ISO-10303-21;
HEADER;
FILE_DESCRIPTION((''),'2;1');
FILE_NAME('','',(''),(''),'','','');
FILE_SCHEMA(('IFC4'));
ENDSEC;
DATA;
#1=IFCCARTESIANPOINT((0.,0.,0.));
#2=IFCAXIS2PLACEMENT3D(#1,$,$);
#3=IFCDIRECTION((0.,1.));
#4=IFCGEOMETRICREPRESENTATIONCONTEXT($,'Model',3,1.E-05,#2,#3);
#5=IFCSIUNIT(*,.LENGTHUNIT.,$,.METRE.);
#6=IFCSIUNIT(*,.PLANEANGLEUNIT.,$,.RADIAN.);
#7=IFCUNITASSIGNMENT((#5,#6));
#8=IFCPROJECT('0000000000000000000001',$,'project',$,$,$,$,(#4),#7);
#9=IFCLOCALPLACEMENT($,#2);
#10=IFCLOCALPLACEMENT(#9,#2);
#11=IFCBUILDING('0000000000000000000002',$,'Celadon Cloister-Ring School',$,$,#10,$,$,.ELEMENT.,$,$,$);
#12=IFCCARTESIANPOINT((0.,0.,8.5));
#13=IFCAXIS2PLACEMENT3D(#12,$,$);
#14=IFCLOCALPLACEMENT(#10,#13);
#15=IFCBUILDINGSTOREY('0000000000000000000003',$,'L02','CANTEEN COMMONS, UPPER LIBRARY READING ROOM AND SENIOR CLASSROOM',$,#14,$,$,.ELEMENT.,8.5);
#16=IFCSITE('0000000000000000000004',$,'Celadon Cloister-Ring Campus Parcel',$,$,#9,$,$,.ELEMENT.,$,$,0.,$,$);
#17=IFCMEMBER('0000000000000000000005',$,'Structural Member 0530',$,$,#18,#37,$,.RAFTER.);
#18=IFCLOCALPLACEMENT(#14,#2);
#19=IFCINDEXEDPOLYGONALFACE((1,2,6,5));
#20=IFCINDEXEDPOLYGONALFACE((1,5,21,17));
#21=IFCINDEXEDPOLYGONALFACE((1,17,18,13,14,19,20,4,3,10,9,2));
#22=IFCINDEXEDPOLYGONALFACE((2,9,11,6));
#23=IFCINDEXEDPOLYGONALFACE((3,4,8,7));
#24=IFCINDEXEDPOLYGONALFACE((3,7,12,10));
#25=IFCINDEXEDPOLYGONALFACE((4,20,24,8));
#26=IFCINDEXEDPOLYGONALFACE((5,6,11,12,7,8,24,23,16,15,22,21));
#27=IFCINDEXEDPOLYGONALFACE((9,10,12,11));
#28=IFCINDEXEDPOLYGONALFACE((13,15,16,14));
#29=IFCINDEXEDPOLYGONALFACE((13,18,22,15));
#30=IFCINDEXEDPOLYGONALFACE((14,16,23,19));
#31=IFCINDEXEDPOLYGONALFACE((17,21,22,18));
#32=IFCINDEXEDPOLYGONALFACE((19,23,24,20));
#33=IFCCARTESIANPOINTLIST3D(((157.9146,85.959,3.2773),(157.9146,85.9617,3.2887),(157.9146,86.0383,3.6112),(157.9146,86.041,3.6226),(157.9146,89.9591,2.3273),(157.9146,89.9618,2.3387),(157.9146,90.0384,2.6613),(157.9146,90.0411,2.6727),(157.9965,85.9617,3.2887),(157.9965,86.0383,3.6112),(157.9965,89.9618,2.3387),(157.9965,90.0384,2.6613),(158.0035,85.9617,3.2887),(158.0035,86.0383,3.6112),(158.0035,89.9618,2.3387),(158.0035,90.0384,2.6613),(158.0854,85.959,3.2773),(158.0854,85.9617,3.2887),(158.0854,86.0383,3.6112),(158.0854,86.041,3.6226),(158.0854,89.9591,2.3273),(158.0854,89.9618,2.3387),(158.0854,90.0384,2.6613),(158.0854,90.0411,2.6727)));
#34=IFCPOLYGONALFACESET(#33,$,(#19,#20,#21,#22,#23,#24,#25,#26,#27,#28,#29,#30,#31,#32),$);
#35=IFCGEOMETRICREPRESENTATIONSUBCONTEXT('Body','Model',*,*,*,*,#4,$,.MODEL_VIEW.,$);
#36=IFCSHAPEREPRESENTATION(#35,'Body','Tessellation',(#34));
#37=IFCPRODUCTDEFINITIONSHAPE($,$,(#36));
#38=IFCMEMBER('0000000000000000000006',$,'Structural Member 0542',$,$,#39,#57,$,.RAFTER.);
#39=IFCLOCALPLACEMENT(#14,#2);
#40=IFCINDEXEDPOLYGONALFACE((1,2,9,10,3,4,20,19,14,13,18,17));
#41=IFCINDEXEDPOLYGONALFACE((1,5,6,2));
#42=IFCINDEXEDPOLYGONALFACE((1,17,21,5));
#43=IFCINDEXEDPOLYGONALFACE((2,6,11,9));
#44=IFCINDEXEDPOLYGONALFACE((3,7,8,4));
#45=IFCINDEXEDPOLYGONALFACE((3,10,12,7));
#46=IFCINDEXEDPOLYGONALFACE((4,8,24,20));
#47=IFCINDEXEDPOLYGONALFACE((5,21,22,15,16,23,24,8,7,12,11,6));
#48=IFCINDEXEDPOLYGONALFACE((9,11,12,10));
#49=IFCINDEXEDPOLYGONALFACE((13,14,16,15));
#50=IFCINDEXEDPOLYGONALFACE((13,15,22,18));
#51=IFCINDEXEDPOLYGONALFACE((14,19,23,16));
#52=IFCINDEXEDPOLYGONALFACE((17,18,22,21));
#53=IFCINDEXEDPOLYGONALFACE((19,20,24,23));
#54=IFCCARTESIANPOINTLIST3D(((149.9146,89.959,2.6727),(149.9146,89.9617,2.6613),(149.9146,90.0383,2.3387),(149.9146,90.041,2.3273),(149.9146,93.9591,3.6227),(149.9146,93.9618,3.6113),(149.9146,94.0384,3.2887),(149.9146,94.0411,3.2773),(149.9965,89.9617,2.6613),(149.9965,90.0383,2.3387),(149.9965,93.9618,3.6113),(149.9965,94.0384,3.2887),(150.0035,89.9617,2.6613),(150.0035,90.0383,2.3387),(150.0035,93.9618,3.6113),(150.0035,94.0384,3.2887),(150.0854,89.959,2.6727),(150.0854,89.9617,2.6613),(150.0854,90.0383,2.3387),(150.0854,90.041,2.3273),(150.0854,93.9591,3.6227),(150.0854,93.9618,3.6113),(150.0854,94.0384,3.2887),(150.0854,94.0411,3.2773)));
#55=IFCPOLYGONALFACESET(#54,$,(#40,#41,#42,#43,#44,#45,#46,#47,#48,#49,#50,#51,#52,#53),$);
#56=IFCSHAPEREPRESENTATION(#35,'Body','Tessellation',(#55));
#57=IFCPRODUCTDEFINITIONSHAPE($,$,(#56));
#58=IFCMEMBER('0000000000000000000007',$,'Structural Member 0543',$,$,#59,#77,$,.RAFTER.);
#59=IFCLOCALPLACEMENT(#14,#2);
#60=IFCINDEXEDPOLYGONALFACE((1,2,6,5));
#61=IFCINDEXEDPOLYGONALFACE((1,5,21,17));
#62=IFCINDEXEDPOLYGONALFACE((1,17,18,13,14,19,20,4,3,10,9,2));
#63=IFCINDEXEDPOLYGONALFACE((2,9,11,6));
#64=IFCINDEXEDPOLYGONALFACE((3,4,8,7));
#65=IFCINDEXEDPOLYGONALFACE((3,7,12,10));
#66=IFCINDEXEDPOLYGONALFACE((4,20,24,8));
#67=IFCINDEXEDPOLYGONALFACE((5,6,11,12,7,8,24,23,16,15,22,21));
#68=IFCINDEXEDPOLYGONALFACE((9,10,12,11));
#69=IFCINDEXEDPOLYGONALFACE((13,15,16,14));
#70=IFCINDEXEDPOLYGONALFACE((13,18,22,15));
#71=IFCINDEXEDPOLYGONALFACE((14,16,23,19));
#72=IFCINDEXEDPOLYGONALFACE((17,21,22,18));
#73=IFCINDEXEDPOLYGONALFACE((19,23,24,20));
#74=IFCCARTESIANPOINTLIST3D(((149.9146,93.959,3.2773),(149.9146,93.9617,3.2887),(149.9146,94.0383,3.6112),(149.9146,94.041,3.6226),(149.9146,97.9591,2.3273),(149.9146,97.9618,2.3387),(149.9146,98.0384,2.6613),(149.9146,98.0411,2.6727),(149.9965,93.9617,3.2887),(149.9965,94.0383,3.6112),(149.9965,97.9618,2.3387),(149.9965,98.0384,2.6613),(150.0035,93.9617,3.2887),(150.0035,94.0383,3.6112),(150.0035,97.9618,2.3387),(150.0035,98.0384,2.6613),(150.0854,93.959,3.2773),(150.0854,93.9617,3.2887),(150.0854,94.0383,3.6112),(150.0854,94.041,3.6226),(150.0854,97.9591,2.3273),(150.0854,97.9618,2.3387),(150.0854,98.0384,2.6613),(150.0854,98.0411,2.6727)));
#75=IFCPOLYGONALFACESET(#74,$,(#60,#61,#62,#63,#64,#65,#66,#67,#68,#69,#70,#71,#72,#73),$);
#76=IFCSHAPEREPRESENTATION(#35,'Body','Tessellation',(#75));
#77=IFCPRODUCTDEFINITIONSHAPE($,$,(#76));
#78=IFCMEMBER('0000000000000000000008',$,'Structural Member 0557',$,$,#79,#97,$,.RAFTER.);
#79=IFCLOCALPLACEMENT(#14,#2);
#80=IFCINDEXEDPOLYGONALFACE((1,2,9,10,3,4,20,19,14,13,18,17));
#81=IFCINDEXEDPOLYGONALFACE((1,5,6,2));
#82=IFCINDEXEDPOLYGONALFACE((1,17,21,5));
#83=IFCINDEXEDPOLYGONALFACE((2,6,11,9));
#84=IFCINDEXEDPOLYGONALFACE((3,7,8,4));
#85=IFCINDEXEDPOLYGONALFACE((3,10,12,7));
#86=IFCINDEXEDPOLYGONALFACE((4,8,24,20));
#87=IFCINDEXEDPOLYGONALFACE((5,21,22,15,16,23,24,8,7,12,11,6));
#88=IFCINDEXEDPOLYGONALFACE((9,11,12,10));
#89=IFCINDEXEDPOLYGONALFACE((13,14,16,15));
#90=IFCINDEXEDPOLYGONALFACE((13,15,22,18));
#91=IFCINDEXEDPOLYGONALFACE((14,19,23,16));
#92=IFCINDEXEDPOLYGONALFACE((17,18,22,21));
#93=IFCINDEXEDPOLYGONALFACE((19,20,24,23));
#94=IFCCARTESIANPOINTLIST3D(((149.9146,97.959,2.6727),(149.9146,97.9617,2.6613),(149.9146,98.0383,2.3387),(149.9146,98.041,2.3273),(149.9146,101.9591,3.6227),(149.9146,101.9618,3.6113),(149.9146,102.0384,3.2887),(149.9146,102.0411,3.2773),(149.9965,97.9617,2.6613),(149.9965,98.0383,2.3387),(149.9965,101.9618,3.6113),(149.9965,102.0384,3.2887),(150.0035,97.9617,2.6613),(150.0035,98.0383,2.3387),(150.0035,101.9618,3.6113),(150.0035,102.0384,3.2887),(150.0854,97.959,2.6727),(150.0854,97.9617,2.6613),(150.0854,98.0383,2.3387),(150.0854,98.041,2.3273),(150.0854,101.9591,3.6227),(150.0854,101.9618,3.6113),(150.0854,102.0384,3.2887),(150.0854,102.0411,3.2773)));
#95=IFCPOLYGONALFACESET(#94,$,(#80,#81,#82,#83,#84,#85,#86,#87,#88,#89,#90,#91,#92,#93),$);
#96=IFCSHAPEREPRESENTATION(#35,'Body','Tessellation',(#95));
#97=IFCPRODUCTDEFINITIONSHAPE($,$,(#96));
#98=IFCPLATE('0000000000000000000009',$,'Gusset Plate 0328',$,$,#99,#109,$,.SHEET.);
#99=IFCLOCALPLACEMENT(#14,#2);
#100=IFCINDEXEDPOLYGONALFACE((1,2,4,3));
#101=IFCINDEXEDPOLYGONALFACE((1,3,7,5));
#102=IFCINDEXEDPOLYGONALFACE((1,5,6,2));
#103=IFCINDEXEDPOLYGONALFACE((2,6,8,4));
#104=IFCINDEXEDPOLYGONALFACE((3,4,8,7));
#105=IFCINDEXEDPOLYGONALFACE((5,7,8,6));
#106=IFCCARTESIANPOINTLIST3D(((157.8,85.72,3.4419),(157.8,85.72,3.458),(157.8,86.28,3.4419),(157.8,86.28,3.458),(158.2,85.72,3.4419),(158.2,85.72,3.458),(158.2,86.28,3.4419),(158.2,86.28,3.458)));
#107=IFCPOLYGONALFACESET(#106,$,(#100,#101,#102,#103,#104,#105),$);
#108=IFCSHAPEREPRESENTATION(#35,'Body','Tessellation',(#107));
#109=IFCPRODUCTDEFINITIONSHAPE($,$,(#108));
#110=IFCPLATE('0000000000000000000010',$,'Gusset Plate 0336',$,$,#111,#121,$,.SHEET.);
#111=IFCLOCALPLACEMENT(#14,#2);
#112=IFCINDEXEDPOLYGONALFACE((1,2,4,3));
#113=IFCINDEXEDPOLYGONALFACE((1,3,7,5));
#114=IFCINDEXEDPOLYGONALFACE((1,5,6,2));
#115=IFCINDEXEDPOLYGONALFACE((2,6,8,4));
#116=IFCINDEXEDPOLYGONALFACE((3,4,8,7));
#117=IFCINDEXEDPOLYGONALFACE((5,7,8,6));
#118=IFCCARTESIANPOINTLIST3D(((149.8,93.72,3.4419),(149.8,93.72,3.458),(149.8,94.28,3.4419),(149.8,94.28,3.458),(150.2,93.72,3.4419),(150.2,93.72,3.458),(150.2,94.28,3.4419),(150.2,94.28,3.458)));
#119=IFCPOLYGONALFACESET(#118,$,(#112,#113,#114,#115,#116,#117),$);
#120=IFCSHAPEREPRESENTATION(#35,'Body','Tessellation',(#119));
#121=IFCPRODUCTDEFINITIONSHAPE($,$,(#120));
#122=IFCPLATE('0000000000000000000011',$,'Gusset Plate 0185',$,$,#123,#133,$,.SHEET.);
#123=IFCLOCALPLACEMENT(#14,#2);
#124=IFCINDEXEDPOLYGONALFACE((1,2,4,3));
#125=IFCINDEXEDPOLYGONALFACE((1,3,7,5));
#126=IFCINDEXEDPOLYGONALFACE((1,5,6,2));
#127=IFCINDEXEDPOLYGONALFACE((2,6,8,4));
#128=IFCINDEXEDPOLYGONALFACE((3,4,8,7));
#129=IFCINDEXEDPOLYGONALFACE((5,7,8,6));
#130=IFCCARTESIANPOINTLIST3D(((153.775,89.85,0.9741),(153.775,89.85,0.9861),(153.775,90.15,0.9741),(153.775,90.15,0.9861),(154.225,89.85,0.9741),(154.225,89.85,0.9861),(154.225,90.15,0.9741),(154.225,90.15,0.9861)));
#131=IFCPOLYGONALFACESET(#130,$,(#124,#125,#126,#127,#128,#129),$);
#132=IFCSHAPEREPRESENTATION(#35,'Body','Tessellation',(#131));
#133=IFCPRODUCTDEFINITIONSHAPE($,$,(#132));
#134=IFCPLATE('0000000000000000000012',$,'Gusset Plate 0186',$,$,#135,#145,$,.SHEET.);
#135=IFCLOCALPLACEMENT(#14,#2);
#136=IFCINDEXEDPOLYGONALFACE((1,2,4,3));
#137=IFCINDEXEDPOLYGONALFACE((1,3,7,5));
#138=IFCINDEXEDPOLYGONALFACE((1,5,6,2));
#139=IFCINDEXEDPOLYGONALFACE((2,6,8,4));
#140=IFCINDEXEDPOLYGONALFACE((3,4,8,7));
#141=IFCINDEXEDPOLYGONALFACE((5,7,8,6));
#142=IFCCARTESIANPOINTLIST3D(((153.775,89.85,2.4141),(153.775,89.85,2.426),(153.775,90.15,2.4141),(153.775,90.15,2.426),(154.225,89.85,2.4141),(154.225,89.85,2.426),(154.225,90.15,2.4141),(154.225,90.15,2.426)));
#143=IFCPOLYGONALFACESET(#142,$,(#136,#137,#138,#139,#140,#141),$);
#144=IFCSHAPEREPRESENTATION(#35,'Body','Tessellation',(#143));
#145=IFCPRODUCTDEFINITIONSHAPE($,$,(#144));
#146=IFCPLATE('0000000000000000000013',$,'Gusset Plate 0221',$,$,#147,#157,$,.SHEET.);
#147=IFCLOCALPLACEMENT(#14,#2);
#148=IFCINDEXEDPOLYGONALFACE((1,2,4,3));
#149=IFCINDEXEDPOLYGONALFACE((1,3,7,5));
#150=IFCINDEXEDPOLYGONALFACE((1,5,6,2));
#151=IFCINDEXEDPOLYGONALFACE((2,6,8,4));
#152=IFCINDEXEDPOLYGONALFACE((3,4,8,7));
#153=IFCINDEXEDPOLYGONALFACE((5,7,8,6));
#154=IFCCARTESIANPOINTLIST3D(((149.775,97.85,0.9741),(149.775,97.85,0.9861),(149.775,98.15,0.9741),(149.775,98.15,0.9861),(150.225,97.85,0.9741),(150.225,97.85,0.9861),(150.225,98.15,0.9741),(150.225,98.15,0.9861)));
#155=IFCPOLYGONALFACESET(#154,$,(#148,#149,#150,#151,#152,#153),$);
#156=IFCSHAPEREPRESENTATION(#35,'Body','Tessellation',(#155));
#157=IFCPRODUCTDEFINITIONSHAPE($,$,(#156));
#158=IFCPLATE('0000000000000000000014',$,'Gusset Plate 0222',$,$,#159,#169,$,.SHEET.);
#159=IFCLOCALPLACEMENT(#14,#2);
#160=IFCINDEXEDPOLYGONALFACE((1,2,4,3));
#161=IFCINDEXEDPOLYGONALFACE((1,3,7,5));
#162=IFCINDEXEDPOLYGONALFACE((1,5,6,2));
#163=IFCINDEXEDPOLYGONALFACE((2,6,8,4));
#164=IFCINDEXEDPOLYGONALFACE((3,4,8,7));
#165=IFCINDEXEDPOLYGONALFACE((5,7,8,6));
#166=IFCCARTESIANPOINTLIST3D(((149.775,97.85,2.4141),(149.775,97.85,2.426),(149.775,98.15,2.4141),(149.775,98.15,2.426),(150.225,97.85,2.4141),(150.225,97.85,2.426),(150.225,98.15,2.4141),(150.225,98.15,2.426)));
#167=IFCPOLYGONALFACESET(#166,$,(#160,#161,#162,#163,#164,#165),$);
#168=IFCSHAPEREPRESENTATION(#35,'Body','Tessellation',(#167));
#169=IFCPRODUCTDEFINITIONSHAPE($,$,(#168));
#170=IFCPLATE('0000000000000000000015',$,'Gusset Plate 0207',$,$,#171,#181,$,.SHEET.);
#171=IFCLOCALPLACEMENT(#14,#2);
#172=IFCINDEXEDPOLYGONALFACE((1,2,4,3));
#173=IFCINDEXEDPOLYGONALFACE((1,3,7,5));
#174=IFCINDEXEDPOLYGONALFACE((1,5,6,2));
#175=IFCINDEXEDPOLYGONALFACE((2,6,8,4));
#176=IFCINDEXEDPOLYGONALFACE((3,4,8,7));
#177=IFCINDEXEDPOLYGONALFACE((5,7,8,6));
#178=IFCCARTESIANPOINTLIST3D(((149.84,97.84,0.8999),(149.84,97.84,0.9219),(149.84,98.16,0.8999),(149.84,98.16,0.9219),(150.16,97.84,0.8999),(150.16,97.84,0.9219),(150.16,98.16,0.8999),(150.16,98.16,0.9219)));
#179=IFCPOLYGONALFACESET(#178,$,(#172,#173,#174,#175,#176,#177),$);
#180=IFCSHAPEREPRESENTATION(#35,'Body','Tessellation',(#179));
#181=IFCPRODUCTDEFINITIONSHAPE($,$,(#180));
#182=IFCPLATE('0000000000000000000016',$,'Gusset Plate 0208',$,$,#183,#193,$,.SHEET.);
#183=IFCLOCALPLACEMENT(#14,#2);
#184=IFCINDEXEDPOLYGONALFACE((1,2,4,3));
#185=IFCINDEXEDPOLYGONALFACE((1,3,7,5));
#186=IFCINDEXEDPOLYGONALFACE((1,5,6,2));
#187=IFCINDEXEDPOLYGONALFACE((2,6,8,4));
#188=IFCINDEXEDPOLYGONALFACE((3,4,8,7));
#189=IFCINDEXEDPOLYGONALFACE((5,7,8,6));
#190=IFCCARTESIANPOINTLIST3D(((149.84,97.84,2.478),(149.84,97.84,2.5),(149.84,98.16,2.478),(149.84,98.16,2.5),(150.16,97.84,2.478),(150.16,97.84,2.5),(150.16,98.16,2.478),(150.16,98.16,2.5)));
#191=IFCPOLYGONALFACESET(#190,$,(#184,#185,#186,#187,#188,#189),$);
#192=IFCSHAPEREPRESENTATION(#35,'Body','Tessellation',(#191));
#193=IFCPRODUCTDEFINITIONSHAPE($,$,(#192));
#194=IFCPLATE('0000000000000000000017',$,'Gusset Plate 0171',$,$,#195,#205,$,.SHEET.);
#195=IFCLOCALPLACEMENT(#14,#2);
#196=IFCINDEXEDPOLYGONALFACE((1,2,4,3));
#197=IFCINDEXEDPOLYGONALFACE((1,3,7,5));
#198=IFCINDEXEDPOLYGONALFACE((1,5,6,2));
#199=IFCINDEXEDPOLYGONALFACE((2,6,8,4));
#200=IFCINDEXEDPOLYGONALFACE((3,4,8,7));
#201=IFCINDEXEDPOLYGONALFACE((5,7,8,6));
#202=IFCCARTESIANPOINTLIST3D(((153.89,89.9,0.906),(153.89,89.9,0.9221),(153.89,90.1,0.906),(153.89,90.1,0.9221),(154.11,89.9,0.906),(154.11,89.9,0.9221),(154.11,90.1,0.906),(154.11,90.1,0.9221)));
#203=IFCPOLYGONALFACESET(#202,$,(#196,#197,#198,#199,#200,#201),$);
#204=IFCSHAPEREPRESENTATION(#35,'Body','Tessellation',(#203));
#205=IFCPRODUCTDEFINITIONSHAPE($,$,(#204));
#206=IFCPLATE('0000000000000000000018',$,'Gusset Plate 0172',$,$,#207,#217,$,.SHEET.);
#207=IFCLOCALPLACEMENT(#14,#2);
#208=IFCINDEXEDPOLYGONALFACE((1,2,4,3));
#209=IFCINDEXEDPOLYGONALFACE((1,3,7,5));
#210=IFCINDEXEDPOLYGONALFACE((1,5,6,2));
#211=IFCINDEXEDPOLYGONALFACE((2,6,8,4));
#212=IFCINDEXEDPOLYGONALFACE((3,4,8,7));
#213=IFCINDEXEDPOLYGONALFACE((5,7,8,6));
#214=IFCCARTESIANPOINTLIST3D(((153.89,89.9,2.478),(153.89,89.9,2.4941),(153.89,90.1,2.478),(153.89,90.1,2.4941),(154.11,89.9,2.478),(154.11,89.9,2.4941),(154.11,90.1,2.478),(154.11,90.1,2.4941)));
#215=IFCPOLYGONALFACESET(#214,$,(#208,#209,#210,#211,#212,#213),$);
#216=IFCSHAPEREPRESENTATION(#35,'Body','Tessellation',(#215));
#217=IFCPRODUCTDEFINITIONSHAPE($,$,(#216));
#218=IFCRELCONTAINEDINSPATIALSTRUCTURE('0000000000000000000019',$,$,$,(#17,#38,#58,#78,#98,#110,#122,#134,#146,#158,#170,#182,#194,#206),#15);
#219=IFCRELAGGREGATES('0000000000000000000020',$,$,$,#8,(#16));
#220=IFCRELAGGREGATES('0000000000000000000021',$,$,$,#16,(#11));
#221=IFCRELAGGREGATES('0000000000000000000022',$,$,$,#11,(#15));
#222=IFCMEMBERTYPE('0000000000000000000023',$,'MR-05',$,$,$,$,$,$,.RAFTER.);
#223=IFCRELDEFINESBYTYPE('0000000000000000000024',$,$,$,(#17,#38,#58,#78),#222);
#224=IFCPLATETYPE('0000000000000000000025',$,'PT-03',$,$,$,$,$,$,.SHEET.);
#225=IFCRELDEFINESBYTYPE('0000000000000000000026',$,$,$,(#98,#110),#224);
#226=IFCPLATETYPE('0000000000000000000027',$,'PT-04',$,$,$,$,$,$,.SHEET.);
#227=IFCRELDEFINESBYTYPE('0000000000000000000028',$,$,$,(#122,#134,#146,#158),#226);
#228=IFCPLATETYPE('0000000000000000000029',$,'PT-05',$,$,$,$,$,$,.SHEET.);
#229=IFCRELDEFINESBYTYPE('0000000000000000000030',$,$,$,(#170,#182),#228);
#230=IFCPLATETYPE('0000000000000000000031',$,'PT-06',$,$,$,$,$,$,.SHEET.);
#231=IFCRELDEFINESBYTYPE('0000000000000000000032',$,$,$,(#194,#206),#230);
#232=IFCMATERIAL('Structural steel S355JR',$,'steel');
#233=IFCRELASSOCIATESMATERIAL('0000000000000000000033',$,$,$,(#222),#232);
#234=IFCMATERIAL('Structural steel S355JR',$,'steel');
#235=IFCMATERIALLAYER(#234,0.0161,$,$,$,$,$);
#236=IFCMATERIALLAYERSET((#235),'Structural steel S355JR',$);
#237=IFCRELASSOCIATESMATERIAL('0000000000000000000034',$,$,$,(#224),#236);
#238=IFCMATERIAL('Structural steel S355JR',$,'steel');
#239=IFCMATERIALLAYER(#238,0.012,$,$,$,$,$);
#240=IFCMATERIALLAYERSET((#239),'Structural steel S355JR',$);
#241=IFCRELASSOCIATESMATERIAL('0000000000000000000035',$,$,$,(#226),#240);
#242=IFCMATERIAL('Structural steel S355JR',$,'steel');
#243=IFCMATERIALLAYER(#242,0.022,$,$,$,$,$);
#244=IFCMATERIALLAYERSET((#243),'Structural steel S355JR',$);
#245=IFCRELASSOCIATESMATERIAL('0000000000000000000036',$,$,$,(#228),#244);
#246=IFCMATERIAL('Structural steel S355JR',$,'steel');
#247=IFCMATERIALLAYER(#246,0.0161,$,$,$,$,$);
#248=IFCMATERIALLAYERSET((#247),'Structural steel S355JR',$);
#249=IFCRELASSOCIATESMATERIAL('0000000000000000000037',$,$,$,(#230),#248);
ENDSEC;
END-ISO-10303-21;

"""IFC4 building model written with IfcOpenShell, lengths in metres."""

from ifc_helpers import new_model, si_unit, direction, frame, origin, origin_2d, place, context, subcontext, project, spatial, rectangle, i_section, extrude, material, layer, layer_set, material_profile, profile_set, type_object, element, save


model = new_model("IFC4")

# Units and contexts
model_context = context("Model", 3, precision=1e-05, world=origin(), true_north=direction((0.0, 1.0)))
body_context = subcontext(model_context, "Body", "Model", "MODEL_VIEW")
ifc_project = project(units=[si_unit("LENGTHUNIT", "METRE"), si_unit("PLANEANGLEUNIT", "RADIAN")], contexts=[model_context])

# Site, building, storey
site_placement = place(None, origin())
site = spatial("IfcSite", under=ifc_project, at=site_placement, Name="Celadon Cloister-Ring Campus Parcel", CompositionType="ELEMENT", RefElevation=0.0)
building_placement = place(site_placement, origin())
building = spatial("IfcBuilding", under=site, at=building_placement, Name="Celadon Cloister-Ring School", CompositionType="ELEMENT")
storey_placement = place(building_placement, frame((0.0, 0.0, 8.5)))
storey = spatial("IfcBuildingStorey", under=building, at=storey_placement, Name="L02", Description="CANTEEN COMMONS, UPPER LIBRARY READING ROOM AND SENIOR CLASSROOM", CompositionType="ELEMENT", Elevation=8.5)

# Members
ifc_material_1 = material(Name="Structural steel S355JR", Category="steel")
ifc_material_profile_1 = material_profile(ifc_material_1, i_section(OverallWidth=0.1709, OverallDepth=0.355, WebThickness=0.0071, FlangeThickness=0.0117, at=origin_2d()), Name="W360X51")
ifc_profile_set_1 = profile_set([ifc_material_profile_1], Name="Structural steel S355JR")
member_type_1 = type_object("IfcMemberType", Name="MR-05", PredefinedType="RAFTER", material=ifc_profile_set_1)
for number, where, z_axis, x_axis, name in (
    (1, (158.0, 86.0, 3.45), (0.0, 0.972939, -0.231061), (-1.0, 0.0, 0.0), "Structural Member 0530"),
    (2, (150.0, 90.0, 2.5), (0.0, 0.972939, 0.231061), (-1.0, 0.0, 0.0), "Structural Member 0542"),
    (3, (150.0, 94.0, 3.45), (0.0, 0.972939, -0.231061), (-1.0, 0.0, 0.0), "Structural Member 0543"),
    (4, (150.0, 98.0, 2.5), (0.0, 0.972939, 0.231061), (-1.0, 0.0, 0.0), "Structural Member 0557"),
):
    element("IfcMember", number, at=place(storey_placement, frame(where, z_axis=z_axis, x_axis=x_axis)), inside=storey, type_object=member_type_1, Name=name, PredefinedType="RAFTER", context=body_context, shape_type="SweptSolid", body=[
        extrude(i_section(OverallWidth=0.1709, OverallDepth=0.355, WebThickness=0.0071, FlangeThickness=0.0117, at=origin_2d()), origin(), (0.0, 0.0, 1.0), 4.1113),
    ])

# Plates
ifc_material_2 = material(Name="Structural steel S355JR", Category="steel")
ifc_layer_1 = layer(ifc_material_2, 0.0161)
ifc_layer_set_1 = layer_set([ifc_layer_1], Name="Structural steel S355JR")
plate_type_1 = type_object("IfcPlateType", Name="PT-03", PredefinedType="SHEET", material=ifc_layer_set_1)
for number, where, z_axis, x_axis, name in (
    (5, (158.0, 86.0, 3.4419), (0.0, 0.0, 1.0), (0.0, 1.0, 0.0), "Gusset Plate 0328"),
    (6, (150.0, 94.0, 3.4419), (0.0, 0.0, 1.0), (0.0, 1.0, 0.0), "Gusset Plate 0336"),
):
    element("IfcPlate", number, at=place(storey_placement, frame(where, z_axis=z_axis, x_axis=x_axis)), inside=storey, type_object=plate_type_1, Name=name, PredefinedType="SHEET", context=body_context, shape_type="SweptSolid", body=[
        extrude(rectangle(XDim=0.5601, YDim=0.3999, at=origin_2d()), origin(), (0.0, 0.0, 1.0), 0.0161),
    ])
ifc_material_3 = material(Name="Structural steel S355JR", Category="steel")
ifc_layer_2 = layer(ifc_material_3, 0.012)
ifc_layer_set_2 = layer_set([ifc_layer_2], Name="Structural steel S355JR")
plate_type_2 = type_object("IfcPlateType", Name="PT-04", PredefinedType="SHEET", material=ifc_layer_set_2)
for number, where, z_axis, x_axis, name in (
    (7, (154.0, 90.0, 0.9741), (0.0, 0.0, 1.0), (1.0, 0.0, 0.0), "Gusset Plate 0185"),
    (8, (154.0, 90.0, 2.4141), (0.0, 0.0, 1.0), (1.0, 0.0, 0.0), "Gusset Plate 0186"),
    (9, (150.0, 98.0, 0.9741), (0.0, 0.0, 1.0), (1.0, 0.0, 0.0), "Gusset Plate 0221"),
    (10, (150.0, 98.0, 2.4141), (0.0, 0.0, 1.0), (1.0, 0.0, 0.0), "Gusset Plate 0222"),
):
    element("IfcPlate", number, at=place(storey_placement, frame(where, z_axis=z_axis, x_axis=x_axis)), inside=storey, type_object=plate_type_2, Name=name, PredefinedType="SHEET", context=body_context, shape_type="SweptSolid", body=[
        extrude(rectangle(XDim=0.45, YDim=0.3, at=origin_2d()), origin(), (0.0, 0.0, 1.0), 0.012),
    ])
ifc_material_4 = material(Name="Structural steel S355JR", Category="steel")
ifc_layer_3 = layer(ifc_material_4, 0.022)
ifc_layer_set_3 = layer_set([ifc_layer_3], Name="Structural steel S355JR")
plate_type_3 = type_object("IfcPlateType", Name="PT-05", PredefinedType="SHEET", material=ifc_layer_set_3)
for number, where, z_axis, x_axis, name in (
    (11, (150.0, 98.0, 0.8999), (0.0, 0.0, 1.0), (1.0, 0.0, 0.0), "Gusset Plate 0207"),
    (12, (150.0, 98.0, 2.478), (0.0, 0.0, 1.0), (1.0, 0.0, 0.0), "Gusset Plate 0208"),
):
    element("IfcPlate", number, at=place(storey_placement, frame(where, z_axis=z_axis, x_axis=x_axis)), inside=storey, type_object=plate_type_3, Name=name, PredefinedType="SHEET", context=body_context, shape_type="SweptSolid", body=[
        extrude(rectangle(XDim=0.3201, YDim=0.3201, at=origin_2d()), origin(), (0.0, 0.0, 1.0), 0.022),
    ])
ifc_material_5 = material(Name="Structural steel S355JR", Category="steel")
ifc_layer_4 = layer(ifc_material_5, 0.0161)
ifc_layer_set_4 = layer_set([ifc_layer_4], Name="Structural steel S355JR")
plate_type_4 = type_object("IfcPlateType", Name="PT-06", PredefinedType="SHEET", material=ifc_layer_set_4)
for number, where, z_axis, x_axis, name in (
    (13, (154.0, 90.0, 0.906), (0.0, 0.0, 1.0), (1.0, 0.0, 0.0), "Gusset Plate 0171"),
    (14, (154.0, 90.0, 2.478), (0.0, 0.0, 1.0), (1.0, 0.0, 0.0), "Gusset Plate 0172"),
):
    element("IfcPlate", number, at=place(storey_placement, frame(where, z_axis=z_axis, x_axis=x_axis)), inside=storey, type_object=plate_type_4, Name=name, PredefinedType="SHEET", context=body_context, shape_type="SweptSolid", body=[
        extrude(rectangle(XDim=0.22, YDim=0.2, at=origin_2d()), origin(), (0.0, 0.0, 1.0), 0.0161),
    ])

save(model, "model.ifc")
